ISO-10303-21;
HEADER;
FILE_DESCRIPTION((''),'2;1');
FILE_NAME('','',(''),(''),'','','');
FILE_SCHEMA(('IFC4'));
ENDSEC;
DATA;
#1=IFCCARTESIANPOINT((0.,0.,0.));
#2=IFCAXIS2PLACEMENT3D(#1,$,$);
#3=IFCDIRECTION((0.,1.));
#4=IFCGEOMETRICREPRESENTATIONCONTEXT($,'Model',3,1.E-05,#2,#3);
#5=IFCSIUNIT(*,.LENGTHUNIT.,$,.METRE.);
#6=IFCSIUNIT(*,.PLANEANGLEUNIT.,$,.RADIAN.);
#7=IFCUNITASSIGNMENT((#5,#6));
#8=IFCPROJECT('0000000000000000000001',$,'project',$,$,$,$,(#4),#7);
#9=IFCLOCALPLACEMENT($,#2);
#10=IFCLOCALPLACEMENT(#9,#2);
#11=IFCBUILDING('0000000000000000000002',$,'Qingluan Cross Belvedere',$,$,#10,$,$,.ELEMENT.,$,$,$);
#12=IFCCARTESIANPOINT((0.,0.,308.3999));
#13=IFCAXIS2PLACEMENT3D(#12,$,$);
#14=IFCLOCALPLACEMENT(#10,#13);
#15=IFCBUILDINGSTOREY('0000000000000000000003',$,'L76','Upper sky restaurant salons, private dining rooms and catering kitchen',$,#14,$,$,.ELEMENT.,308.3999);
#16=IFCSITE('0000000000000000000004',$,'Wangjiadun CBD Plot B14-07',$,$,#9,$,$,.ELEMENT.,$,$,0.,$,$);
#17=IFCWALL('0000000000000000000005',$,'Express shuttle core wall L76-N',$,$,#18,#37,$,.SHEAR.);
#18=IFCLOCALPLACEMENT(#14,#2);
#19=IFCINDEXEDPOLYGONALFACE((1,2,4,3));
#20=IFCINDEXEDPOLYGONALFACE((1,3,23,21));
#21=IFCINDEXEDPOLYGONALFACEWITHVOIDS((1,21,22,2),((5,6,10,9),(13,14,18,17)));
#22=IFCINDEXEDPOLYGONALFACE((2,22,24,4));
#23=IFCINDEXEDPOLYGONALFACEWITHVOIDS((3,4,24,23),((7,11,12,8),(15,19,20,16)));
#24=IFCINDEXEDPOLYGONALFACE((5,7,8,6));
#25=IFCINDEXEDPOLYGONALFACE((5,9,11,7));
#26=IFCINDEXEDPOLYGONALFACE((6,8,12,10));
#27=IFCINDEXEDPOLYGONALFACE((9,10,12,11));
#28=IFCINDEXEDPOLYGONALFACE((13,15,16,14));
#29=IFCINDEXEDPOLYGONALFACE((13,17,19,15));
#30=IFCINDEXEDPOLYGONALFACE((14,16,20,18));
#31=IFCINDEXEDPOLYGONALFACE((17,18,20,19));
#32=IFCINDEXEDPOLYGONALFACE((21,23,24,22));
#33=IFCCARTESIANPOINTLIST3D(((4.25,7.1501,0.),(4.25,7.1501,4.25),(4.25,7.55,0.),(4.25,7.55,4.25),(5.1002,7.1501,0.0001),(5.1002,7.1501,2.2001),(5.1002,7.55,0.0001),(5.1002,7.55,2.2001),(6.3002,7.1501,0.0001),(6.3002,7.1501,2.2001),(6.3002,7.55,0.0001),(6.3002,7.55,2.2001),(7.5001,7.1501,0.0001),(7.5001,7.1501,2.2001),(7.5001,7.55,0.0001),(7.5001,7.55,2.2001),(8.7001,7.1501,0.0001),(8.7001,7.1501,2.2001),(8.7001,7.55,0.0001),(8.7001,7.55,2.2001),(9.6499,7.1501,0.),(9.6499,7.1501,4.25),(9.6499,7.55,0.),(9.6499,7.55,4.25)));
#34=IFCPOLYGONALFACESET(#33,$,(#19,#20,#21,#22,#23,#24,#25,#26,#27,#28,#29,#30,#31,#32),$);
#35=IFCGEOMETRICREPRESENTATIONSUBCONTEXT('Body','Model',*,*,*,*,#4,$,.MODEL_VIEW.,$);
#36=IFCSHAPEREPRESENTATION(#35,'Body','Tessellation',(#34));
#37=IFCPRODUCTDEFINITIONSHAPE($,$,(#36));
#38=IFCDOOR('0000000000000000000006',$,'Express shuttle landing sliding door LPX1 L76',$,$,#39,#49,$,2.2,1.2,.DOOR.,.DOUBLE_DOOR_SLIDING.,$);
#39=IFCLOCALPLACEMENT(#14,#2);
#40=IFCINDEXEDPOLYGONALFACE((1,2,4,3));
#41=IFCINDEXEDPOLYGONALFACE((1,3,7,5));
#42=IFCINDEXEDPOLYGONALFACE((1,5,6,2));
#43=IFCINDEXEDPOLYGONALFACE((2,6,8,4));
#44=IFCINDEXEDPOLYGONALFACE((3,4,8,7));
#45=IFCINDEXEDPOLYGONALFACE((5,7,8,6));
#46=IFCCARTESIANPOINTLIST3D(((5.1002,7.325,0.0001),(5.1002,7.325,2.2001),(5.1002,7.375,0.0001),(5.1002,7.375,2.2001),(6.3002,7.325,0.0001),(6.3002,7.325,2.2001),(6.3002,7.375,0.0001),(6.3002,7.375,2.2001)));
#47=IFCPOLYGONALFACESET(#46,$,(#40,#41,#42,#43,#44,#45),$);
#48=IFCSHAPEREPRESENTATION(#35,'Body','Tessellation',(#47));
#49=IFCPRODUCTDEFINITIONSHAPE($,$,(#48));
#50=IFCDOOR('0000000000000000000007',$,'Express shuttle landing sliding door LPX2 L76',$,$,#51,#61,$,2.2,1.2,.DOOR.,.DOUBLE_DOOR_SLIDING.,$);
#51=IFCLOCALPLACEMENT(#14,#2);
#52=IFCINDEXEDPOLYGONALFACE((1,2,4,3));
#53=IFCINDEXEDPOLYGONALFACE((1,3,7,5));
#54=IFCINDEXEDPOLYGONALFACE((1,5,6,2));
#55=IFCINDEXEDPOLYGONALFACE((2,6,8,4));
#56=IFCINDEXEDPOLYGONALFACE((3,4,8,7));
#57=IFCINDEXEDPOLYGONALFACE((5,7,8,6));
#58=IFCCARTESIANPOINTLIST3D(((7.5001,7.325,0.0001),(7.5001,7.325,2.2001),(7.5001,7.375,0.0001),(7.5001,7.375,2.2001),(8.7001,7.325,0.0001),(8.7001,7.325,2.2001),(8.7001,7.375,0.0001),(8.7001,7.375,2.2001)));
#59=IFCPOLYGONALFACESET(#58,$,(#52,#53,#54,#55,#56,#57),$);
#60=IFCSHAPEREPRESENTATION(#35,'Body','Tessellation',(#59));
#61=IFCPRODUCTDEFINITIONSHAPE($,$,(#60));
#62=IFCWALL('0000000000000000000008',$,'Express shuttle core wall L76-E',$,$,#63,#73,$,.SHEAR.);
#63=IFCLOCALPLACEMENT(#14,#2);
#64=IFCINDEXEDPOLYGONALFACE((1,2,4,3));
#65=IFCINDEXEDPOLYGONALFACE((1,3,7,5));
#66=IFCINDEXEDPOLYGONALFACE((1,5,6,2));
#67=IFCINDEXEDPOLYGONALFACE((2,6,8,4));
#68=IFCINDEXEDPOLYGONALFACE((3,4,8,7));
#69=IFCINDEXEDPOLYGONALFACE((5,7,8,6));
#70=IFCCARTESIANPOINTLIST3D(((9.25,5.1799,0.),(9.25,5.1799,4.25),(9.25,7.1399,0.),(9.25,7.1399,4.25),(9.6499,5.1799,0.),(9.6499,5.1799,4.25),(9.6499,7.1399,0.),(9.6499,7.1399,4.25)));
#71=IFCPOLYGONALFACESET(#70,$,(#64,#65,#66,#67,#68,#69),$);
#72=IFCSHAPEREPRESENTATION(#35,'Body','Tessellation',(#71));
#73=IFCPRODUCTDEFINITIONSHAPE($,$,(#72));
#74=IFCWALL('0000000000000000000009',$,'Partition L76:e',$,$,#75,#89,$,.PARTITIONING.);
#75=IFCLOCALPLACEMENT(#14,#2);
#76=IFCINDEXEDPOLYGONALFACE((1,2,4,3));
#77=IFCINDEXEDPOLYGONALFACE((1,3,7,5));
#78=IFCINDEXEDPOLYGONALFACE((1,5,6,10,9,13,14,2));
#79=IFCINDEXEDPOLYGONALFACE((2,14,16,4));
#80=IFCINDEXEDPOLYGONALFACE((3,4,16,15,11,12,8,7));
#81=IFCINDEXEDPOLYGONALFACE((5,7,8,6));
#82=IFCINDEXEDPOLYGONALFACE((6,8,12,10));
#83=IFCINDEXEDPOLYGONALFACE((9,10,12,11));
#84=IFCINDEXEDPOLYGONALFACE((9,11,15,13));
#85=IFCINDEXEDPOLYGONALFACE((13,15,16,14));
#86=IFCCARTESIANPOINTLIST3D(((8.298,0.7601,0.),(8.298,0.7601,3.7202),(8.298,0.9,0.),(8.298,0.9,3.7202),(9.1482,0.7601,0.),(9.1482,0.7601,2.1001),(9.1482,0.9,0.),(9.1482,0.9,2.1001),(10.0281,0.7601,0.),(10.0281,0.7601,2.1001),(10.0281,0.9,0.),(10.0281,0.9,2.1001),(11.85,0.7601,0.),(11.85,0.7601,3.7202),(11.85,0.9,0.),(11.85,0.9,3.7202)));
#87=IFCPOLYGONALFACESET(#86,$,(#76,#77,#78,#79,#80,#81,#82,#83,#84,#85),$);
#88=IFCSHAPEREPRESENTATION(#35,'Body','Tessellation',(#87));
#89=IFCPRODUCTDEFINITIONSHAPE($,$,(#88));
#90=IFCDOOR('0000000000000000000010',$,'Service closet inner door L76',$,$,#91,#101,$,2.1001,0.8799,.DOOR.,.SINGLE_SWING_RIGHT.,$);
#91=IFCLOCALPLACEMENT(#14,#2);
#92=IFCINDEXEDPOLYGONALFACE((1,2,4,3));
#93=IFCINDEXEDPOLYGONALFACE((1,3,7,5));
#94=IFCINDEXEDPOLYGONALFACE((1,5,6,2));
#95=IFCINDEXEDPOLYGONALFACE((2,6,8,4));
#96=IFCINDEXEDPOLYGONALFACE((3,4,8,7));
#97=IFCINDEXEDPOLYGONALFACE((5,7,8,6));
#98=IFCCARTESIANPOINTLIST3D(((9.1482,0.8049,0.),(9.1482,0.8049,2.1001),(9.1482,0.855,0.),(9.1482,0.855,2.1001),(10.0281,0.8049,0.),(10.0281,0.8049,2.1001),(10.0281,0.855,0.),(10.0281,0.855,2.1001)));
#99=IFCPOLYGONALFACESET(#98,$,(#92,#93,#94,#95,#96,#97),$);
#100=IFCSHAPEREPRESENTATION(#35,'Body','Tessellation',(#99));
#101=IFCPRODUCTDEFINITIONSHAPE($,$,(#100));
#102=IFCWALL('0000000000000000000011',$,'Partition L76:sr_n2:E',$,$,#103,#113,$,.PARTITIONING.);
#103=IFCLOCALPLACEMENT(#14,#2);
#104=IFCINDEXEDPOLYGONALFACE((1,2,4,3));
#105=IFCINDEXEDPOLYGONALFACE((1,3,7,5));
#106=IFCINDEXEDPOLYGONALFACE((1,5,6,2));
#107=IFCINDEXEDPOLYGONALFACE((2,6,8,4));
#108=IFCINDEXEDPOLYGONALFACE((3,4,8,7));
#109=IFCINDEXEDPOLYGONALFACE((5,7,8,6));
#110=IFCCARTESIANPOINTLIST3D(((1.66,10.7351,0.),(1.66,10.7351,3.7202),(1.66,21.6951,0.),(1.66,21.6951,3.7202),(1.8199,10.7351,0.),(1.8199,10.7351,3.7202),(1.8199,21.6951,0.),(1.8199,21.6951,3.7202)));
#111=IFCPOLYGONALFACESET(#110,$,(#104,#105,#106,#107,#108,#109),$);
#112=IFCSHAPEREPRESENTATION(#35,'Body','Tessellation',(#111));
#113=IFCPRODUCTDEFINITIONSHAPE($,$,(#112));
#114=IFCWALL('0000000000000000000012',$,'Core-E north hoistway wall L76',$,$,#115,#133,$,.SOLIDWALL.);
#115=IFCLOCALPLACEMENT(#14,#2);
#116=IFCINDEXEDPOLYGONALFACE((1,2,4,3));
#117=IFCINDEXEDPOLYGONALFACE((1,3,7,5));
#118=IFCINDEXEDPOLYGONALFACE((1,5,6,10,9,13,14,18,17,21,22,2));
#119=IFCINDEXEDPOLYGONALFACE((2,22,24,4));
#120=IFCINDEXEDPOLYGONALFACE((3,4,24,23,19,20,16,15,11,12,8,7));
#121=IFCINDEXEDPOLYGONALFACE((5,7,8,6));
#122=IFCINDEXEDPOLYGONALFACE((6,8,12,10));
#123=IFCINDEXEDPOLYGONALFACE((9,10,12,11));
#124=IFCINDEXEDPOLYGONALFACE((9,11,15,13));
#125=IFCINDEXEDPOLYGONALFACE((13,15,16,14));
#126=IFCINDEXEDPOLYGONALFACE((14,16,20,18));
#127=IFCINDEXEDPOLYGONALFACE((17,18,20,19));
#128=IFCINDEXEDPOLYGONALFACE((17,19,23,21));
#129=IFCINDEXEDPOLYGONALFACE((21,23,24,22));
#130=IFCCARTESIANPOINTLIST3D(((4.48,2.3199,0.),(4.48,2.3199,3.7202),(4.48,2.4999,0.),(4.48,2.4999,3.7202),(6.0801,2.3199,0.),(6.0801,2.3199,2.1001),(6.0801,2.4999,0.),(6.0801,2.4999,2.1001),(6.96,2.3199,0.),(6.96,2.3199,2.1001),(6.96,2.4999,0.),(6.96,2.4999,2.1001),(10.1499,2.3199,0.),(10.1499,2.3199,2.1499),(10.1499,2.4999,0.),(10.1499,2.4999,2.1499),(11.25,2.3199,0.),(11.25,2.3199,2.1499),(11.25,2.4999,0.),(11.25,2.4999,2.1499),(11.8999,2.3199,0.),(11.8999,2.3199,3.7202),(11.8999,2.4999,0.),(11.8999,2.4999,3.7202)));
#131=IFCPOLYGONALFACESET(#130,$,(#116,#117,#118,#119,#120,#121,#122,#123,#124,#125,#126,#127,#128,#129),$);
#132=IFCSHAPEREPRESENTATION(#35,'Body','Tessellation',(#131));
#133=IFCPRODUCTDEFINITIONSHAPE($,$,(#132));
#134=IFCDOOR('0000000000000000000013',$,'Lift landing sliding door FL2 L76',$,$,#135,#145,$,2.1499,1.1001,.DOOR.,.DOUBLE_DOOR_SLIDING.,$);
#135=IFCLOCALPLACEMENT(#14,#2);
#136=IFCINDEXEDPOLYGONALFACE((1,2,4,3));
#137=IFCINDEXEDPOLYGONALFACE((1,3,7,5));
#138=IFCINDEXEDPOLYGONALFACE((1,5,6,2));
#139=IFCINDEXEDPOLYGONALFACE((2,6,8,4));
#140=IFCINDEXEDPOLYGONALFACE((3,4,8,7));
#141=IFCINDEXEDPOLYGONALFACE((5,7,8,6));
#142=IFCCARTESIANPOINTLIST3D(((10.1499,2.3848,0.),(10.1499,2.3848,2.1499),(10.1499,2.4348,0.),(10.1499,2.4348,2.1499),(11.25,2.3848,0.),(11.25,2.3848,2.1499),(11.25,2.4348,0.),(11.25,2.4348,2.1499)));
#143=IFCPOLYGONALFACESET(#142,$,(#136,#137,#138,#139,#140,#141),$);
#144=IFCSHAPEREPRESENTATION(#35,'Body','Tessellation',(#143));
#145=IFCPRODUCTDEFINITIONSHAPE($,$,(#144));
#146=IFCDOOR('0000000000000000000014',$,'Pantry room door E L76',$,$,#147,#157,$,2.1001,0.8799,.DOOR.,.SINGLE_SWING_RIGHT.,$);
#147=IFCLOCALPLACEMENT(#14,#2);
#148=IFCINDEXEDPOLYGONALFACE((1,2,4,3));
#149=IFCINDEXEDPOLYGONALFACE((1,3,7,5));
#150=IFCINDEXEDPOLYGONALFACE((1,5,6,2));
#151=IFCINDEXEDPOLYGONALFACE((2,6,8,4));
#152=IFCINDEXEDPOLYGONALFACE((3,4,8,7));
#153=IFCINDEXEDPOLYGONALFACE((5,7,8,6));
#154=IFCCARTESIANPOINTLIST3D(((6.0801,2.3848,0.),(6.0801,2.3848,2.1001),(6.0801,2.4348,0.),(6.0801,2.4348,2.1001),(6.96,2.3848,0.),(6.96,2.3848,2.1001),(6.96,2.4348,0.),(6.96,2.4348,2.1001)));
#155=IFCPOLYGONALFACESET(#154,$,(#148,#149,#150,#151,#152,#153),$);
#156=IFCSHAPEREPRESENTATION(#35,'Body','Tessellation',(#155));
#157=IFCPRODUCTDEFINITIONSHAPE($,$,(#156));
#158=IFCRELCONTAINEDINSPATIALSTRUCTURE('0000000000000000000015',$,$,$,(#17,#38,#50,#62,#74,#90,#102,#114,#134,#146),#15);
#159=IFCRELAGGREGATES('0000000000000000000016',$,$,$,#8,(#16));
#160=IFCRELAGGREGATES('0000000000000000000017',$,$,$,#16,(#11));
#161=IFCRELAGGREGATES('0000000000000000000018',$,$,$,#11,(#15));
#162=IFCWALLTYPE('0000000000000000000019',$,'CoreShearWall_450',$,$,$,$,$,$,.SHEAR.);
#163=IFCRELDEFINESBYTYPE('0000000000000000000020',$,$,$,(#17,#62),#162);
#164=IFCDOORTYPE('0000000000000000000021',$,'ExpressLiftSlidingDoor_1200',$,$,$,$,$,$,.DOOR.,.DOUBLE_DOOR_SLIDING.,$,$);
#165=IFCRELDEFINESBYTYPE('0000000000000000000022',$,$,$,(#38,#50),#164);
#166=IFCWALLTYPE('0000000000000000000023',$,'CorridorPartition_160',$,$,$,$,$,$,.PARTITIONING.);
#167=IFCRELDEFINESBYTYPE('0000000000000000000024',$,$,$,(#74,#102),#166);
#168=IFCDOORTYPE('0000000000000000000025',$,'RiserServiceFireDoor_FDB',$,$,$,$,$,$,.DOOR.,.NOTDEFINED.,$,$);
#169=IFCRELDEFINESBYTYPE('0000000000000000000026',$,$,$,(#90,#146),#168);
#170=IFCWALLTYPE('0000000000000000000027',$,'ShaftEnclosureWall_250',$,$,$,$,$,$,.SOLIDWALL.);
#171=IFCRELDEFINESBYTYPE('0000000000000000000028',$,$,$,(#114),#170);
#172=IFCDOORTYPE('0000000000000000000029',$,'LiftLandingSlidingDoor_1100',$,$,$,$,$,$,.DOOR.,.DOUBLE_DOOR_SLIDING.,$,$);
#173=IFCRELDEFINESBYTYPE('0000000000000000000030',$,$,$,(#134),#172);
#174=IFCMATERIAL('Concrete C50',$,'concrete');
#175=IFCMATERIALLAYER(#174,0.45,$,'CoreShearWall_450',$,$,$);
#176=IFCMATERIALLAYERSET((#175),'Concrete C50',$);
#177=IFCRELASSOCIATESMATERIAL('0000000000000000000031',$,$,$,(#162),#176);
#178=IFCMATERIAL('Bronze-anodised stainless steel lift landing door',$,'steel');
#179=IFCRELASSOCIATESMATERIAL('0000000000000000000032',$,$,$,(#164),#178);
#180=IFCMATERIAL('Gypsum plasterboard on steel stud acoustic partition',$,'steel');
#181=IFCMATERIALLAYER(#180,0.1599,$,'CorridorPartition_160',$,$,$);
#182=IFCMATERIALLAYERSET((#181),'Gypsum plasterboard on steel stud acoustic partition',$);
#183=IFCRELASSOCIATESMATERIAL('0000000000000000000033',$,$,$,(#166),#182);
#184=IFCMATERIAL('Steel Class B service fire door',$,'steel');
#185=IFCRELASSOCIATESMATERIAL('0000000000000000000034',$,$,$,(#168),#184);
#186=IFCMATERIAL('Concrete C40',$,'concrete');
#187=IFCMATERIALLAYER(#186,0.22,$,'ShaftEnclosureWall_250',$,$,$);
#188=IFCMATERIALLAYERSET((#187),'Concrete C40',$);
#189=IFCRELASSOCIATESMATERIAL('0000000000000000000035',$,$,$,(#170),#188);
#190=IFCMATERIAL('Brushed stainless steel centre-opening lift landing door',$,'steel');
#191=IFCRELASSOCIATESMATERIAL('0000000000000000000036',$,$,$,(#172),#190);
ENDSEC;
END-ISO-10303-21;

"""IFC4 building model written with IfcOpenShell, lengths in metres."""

from ifc_helpers import new_model, si_unit, direction, frame, frame_2d, origin, place, context, subcontext, project, spatial, rectangle, extrude, material, layer, layer_set, type_object, element, fill, save


model = new_model("IFC4")

# Units and contexts
model_context = context("Model", 3, precision=1e-05, world=origin(), true_north=direction((0.0, 1.0)))
body_context = subcontext(model_context, "Body", "Model", "MODEL_VIEW")
ifc_project = project(units=[si_unit("LENGTHUNIT", "METRE"), si_unit("PLANEANGLEUNIT", "RADIAN")], contexts=[model_context])

# Site, building, storey
site_placement = place(None, origin())
site = spatial("IfcSite", under=ifc_project, at=site_placement, Name="Wangjiadun CBD Plot B14-07", CompositionType="ELEMENT", RefElevation=0.0)
building_placement = place(site_placement, origin())
building = spatial("IfcBuilding", under=site, at=building_placement, Name="Qingluan Cross Belvedere", CompositionType="ELEMENT")
storey_placement = place(building_placement, frame((0.0, 0.0, 308.3999)))
storey = spatial("IfcBuildingStorey", under=building, at=storey_placement, Name="L76", Description="Upper sky restaurant salons, private dining rooms and catering kitchen", CompositionType="ELEMENT", Elevation=308.3999)

# Shared definitions
ifc_material_1 = material(Name="Concrete C50", Category="concrete")
ifc_layer_1 = layer(ifc_material_1, 0.45, Name="CoreShearWall_450")
ifc_layer_set_1 = layer_set([ifc_layer_1], Name="Concrete C50")
wall_type_1 = type_object("IfcWallType", Name="CoreShearWall_450", PredefinedType="SHEAR", material=ifc_layer_set_1)

# Wall, openings, doors
wall_1_placement = place(storey_placement, frame((4.25, 7.3501, 0.0), z_axis=(0.0, 0.0, 1.0), x_axis=(1.0, 0.0, 0.0)))
wall_1 = element("IfcWall", 1, at=wall_1_placement, inside=storey, type_object=wall_type_1, Name="Express shuttle core wall L76-N", PredefinedType="SHEAR", context=body_context, shape_type="SweptSolid", body=[
    extrude(rectangle(XDim=5.3999, YDim=0.3999, at=frame_2d((2.7, 0.0))), origin(), (0.0, 0.0, 1.0), 4.25),
])
opening_1_placement = place(wall_1_placement, frame((0.8501, 0.0, 0.0)))
opening_1 = element("IfcOpeningElement", 2, at=opening_1_placement, cuts=wall_1, PredefinedType="OPENING", context=body_context, shape_type="SweptSolid", body=[
    extrude(rectangle(XDim=1.2, YDim=2.2, at=frame_2d((0.6001, 1.1001))), frame((0.0, 0.21, 0.0), z_axis=(0.0, -1.0, 0.0), x_axis=(1.0, 0.0, 0.0)), (0.0, 0.0, 1.0), 0.4199),
])
opening_2_placement = place(wall_1_placement, frame((3.25, 0.0, 0.0)))
opening_2 = element("IfcOpeningElement", 3, at=opening_2_placement, cuts=wall_1, PredefinedType="OPENING", context=body_context, shape_type="SweptSolid", body=[
    extrude(rectangle(XDim=1.2, YDim=2.2, at=frame_2d((0.6001, 1.1001))), frame((0.0, 0.21, 0.0), z_axis=(0.0, -1.0, 0.0), x_axis=(1.0, 0.0, 0.0)), (0.0, 0.0, 1.0), 0.4199),
])
ifc_material_2 = material(Name="Bronze-anodised stainless steel lift landing door", Category="steel")
door_type_1 = type_object("IfcDoorType", Name="ExpressLiftSlidingDoor_1200", OperationType="DOUBLE_DOOR_SLIDING", PredefinedType="DOOR", material=ifc_material_2)
door_1_placement = place(opening_1_placement, origin())
door_1 = element("IfcDoor", 4, at=door_1_placement, inside=storey, type_object=door_type_1, Name="Express shuttle landing sliding door LPX1 L76", OperationType="DOUBLE_DOOR_SLIDING", OverallHeight=2.2, OverallWidth=1.2, PredefinedType="DOOR", context=body_context, shape_type="SweptSolid", body=[
    extrude(rectangle(XDim=1.2, YDim=2.2, at=frame_2d((0.6001, 1.1001))), frame((0.0, 0.0249, 0.0), z_axis=(0.0, -1.0, 0.0), x_axis=(1.0, 0.0, 0.0)), (0.0, 0.0, 1.0), 0.05),
])
fill(opening_1, door_1)
door_2_placement = place(opening_2_placement, origin())
door_2 = element("IfcDoor", 5, at=door_2_placement, inside=storey, type_object=door_type_1, Name="Express shuttle landing sliding door LPX2 L76", OperationType="DOUBLE_DOOR_SLIDING", OverallHeight=2.2, OverallWidth=1.2, PredefinedType="DOOR", context=body_context, shape_type="SweptSolid", body=[
    extrude(rectangle(XDim=1.2, YDim=2.2, at=frame_2d((0.6001, 1.1001))), frame((0.0, 0.0249, 0.0), z_axis=(0.0, -1.0, 0.0), x_axis=(1.0, 0.0, 0.0)), (0.0, 0.0, 1.0), 0.05),
])
fill(opening_2, door_2)

# Wall
wall_2_placement = place(storey_placement, frame((9.45, 5.1799, 0.0), z_axis=(0.0, 0.0, 1.0), x_axis=(0.0, 1.0, 0.0)))
element("IfcWall", 6, at=wall_2_placement, inside=storey, type_object=wall_type_1, Name="Express shuttle core wall L76-E", PredefinedType="SHEAR", context=body_context, shape_type="SweptSolid", body=[
    extrude(rectangle(XDim=1.96, YDim=0.3999, at=frame_2d((0.98, 0.0))), origin(), (0.0, 0.0, 1.0), 4.25),
])

# Wall, opening, door
ifc_material_3 = material(Name="Gypsum plasterboard on steel stud acoustic partition", Category="steel")
ifc_layer_2 = layer(ifc_material_3, 0.1599, Name="CorridorPartition_160")
ifc_layer_set_2 = layer_set([ifc_layer_2], Name="Gypsum plasterboard on steel stud acoustic partition")
wall_type_2 = type_object("IfcWallType", Name="CorridorPartition_160", PredefinedType="PARTITIONING", material=ifc_layer_set_2)
wall_3_placement = place(storey_placement, frame((8.2981, 0.8301, 0.0), z_axis=(0.0, 0.0, 1.0), x_axis=(1.0, 0.0, 0.0)))
wall_3 = element("IfcWall", 7, at=wall_3_placement, inside=storey, type_object=wall_type_2, Name="Partition L76:e", PredefinedType="PARTITIONING", context=body_context, shape_type="SweptSolid", body=[
    extrude(rectangle(XDim=3.552, YDim=0.1399, at=frame_2d((1.7759, 0.0))), origin(), (0.0, 0.0, 1.0), 3.7202),
])
opening_3_placement = place(wall_3_placement, frame((0.8501, 0.0, 0.0)))
opening_3 = element("IfcOpeningElement", 8, at=opening_3_placement, cuts=wall_3, PredefinedType="OPENING", context=body_context, shape_type="SweptSolid", body=[
    extrude(rectangle(XDim=0.8799, YDim=2.1001, at=frame_2d((0.4399, 1.05))), frame((0.0, 0.0798, 0.0), z_axis=(0.0, -1.0, 0.0), x_axis=(1.0, 0.0, 0.0)), (0.0, 0.0, 1.0), 0.1599),
])
ifc_material_4 = material(Name="Steel Class B service fire door", Category="steel")
door_type_2 = type_object("IfcDoorType", Name="RiserServiceFireDoor_FDB", OperationType="NOTDEFINED", PredefinedType="DOOR", material=ifc_material_4)
door_3_placement = place(opening_3_placement, origin())
door_3 = element("IfcDoor", 9, at=door_3_placement, inside=storey, type_object=door_type_2, Name="Service closet inner door L76", OperationType="SINGLE_SWING_RIGHT", OverallHeight=2.1001, OverallWidth=0.8799, PredefinedType="DOOR", context=body_context, shape_type="SweptSolid", body=[
    extrude(rectangle(XDim=0.8799, YDim=2.1001, at=frame_2d((0.4399, 1.05))), frame((0.0, 0.0249, 0.0), z_axis=(0.0, -1.0, 0.0), x_axis=(1.0, 0.0, 0.0)), (0.0, 0.0, 1.0), 0.05),
])
fill(opening_3, door_3)

# Wall
wall_4_placement = place(storey_placement, frame((1.74, 10.7351, 0.0), z_axis=(0.0, 0.0, 1.0), x_axis=(0.0, 1.0, 0.0)))
element("IfcWall", 10, at=wall_4_placement, inside=storey, type_object=wall_type_2, Name="Partition L76:sr_n2:E", PredefinedType="PARTITIONING", context=body_context, shape_type="SweptSolid", body=[
    extrude(rectangle(XDim=10.96, YDim=0.1599, at=frame_2d((5.48, 0.0))), origin(), (0.0, 0.0, 1.0), 3.7202),
])

# Wall, openings, doors
ifc_material_5 = material(Name="Concrete C40", Category="concrete")
ifc_layer_3 = layer(ifc_material_5, 0.22, Name="ShaftEnclosureWall_250")
ifc_layer_set_3 = layer_set([ifc_layer_3], Name="Concrete C40")
wall_type_3 = type_object("IfcWallType", Name="ShaftEnclosureWall_250", PredefinedType="SOLIDWALL", material=ifc_layer_set_3)
wall_5_placement = place(storey_placement, frame((4.48, 2.4099, 0.0), z_axis=(0.0, 0.0, 1.0), x_axis=(1.0, 0.0, 0.0)))
wall_5 = element("IfcWall", 11, at=wall_5_placement, inside=storey, type_object=wall_type_3, Name="Core-E north hoistway wall L76", PredefinedType="SOLIDWALL", context=body_context, shape_type="SweptSolid", body=[
    extrude(rectangle(XDim=7.4199, YDim=0.1799, at=frame_2d((3.71, 0.0))), origin(), (0.0, 0.0, 1.0), 3.7202),
])
opening_4_placement = place(wall_5_placement, frame((5.6699, 0.0, 0.0)))
opening_4 = element("IfcOpeningElement", 12, at=opening_4_placement, cuts=wall_5, PredefinedType="OPENING", context=body_context, shape_type="SweptSolid", body=[
    extrude(rectangle(XDim=1.1001, YDim=2.1499, at=frame_2d((0.55, 1.075))), frame((0.0, 0.0999, 0.0), z_axis=(0.0, -1.0, 0.0), x_axis=(1.0, 0.0, 0.0)), (0.0, 0.0, 1.0), 0.2),
])
opening_5_placement = place(wall_5_placement, frame((1.6001, 0.0, 0.0)))
opening_5 = element("IfcOpeningElement", 13, at=opening_5_placement, cuts=wall_5, PredefinedType="OPENING", context=body_context, shape_type="SweptSolid", body=[
    extrude(rectangle(XDim=0.8799, YDim=2.1001, at=frame_2d((0.4399, 1.05))), frame((0.0, 0.0999, 0.0), z_axis=(0.0, -1.0, 0.0), x_axis=(1.0, 0.0, 0.0)), (0.0, 0.0, 1.0), 0.2),
])
ifc_material_6 = material(Name="Brushed stainless steel centre-opening lift landing door", Category="steel")
door_type_3 = type_object("IfcDoorType", Name="LiftLandingSlidingDoor_1100", OperationType="DOUBLE_DOOR_SLIDING", PredefinedType="DOOR", material=ifc_material_6)
door_4_placement = place(opening_4_placement, origin())
door_4 = element("IfcDoor", 14, at=door_4_placement, inside=storey, type_object=door_type_3, Name="Lift landing sliding door FL2 L76", OperationType="DOUBLE_DOOR_SLIDING", OverallHeight=2.1499, OverallWidth=1.1001, PredefinedType="DOOR", context=body_context, shape_type="SweptSolid", body=[
    extrude(rectangle(XDim=1.1001, YDim=2.1499, at=frame_2d((0.55, 1.075))), frame((0.0, 0.0249, 0.0), z_axis=(0.0, -1.0, 0.0), x_axis=(1.0, 0.0, 0.0)), (0.0, 0.0, 1.0), 0.05),
])
fill(opening_4, door_4)
door_5_placement = place(opening_5_placement, origin())
door_5 = element("IfcDoor", 15, at=door_5_placement, inside=storey, type_object=door_type_2, Name="Pantry room door E L76", OperationType="SINGLE_SWING_RIGHT", OverallHeight=2.1001, OverallWidth=0.8799, PredefinedType="DOOR", context=body_context, shape_type="SweptSolid", body=[
    extrude(rectangle(XDim=0.8799, YDim=2.1001, at=frame_2d((0.4399, 1.05))), frame((0.0, 0.0249, 0.0), z_axis=(0.0, -1.0, 0.0), x_axis=(1.0, 0.0, 0.0)), (0.0, 0.0, 1.0), 0.05),
])
fill(opening_5, door_5)

save(model, "model.ifc")
